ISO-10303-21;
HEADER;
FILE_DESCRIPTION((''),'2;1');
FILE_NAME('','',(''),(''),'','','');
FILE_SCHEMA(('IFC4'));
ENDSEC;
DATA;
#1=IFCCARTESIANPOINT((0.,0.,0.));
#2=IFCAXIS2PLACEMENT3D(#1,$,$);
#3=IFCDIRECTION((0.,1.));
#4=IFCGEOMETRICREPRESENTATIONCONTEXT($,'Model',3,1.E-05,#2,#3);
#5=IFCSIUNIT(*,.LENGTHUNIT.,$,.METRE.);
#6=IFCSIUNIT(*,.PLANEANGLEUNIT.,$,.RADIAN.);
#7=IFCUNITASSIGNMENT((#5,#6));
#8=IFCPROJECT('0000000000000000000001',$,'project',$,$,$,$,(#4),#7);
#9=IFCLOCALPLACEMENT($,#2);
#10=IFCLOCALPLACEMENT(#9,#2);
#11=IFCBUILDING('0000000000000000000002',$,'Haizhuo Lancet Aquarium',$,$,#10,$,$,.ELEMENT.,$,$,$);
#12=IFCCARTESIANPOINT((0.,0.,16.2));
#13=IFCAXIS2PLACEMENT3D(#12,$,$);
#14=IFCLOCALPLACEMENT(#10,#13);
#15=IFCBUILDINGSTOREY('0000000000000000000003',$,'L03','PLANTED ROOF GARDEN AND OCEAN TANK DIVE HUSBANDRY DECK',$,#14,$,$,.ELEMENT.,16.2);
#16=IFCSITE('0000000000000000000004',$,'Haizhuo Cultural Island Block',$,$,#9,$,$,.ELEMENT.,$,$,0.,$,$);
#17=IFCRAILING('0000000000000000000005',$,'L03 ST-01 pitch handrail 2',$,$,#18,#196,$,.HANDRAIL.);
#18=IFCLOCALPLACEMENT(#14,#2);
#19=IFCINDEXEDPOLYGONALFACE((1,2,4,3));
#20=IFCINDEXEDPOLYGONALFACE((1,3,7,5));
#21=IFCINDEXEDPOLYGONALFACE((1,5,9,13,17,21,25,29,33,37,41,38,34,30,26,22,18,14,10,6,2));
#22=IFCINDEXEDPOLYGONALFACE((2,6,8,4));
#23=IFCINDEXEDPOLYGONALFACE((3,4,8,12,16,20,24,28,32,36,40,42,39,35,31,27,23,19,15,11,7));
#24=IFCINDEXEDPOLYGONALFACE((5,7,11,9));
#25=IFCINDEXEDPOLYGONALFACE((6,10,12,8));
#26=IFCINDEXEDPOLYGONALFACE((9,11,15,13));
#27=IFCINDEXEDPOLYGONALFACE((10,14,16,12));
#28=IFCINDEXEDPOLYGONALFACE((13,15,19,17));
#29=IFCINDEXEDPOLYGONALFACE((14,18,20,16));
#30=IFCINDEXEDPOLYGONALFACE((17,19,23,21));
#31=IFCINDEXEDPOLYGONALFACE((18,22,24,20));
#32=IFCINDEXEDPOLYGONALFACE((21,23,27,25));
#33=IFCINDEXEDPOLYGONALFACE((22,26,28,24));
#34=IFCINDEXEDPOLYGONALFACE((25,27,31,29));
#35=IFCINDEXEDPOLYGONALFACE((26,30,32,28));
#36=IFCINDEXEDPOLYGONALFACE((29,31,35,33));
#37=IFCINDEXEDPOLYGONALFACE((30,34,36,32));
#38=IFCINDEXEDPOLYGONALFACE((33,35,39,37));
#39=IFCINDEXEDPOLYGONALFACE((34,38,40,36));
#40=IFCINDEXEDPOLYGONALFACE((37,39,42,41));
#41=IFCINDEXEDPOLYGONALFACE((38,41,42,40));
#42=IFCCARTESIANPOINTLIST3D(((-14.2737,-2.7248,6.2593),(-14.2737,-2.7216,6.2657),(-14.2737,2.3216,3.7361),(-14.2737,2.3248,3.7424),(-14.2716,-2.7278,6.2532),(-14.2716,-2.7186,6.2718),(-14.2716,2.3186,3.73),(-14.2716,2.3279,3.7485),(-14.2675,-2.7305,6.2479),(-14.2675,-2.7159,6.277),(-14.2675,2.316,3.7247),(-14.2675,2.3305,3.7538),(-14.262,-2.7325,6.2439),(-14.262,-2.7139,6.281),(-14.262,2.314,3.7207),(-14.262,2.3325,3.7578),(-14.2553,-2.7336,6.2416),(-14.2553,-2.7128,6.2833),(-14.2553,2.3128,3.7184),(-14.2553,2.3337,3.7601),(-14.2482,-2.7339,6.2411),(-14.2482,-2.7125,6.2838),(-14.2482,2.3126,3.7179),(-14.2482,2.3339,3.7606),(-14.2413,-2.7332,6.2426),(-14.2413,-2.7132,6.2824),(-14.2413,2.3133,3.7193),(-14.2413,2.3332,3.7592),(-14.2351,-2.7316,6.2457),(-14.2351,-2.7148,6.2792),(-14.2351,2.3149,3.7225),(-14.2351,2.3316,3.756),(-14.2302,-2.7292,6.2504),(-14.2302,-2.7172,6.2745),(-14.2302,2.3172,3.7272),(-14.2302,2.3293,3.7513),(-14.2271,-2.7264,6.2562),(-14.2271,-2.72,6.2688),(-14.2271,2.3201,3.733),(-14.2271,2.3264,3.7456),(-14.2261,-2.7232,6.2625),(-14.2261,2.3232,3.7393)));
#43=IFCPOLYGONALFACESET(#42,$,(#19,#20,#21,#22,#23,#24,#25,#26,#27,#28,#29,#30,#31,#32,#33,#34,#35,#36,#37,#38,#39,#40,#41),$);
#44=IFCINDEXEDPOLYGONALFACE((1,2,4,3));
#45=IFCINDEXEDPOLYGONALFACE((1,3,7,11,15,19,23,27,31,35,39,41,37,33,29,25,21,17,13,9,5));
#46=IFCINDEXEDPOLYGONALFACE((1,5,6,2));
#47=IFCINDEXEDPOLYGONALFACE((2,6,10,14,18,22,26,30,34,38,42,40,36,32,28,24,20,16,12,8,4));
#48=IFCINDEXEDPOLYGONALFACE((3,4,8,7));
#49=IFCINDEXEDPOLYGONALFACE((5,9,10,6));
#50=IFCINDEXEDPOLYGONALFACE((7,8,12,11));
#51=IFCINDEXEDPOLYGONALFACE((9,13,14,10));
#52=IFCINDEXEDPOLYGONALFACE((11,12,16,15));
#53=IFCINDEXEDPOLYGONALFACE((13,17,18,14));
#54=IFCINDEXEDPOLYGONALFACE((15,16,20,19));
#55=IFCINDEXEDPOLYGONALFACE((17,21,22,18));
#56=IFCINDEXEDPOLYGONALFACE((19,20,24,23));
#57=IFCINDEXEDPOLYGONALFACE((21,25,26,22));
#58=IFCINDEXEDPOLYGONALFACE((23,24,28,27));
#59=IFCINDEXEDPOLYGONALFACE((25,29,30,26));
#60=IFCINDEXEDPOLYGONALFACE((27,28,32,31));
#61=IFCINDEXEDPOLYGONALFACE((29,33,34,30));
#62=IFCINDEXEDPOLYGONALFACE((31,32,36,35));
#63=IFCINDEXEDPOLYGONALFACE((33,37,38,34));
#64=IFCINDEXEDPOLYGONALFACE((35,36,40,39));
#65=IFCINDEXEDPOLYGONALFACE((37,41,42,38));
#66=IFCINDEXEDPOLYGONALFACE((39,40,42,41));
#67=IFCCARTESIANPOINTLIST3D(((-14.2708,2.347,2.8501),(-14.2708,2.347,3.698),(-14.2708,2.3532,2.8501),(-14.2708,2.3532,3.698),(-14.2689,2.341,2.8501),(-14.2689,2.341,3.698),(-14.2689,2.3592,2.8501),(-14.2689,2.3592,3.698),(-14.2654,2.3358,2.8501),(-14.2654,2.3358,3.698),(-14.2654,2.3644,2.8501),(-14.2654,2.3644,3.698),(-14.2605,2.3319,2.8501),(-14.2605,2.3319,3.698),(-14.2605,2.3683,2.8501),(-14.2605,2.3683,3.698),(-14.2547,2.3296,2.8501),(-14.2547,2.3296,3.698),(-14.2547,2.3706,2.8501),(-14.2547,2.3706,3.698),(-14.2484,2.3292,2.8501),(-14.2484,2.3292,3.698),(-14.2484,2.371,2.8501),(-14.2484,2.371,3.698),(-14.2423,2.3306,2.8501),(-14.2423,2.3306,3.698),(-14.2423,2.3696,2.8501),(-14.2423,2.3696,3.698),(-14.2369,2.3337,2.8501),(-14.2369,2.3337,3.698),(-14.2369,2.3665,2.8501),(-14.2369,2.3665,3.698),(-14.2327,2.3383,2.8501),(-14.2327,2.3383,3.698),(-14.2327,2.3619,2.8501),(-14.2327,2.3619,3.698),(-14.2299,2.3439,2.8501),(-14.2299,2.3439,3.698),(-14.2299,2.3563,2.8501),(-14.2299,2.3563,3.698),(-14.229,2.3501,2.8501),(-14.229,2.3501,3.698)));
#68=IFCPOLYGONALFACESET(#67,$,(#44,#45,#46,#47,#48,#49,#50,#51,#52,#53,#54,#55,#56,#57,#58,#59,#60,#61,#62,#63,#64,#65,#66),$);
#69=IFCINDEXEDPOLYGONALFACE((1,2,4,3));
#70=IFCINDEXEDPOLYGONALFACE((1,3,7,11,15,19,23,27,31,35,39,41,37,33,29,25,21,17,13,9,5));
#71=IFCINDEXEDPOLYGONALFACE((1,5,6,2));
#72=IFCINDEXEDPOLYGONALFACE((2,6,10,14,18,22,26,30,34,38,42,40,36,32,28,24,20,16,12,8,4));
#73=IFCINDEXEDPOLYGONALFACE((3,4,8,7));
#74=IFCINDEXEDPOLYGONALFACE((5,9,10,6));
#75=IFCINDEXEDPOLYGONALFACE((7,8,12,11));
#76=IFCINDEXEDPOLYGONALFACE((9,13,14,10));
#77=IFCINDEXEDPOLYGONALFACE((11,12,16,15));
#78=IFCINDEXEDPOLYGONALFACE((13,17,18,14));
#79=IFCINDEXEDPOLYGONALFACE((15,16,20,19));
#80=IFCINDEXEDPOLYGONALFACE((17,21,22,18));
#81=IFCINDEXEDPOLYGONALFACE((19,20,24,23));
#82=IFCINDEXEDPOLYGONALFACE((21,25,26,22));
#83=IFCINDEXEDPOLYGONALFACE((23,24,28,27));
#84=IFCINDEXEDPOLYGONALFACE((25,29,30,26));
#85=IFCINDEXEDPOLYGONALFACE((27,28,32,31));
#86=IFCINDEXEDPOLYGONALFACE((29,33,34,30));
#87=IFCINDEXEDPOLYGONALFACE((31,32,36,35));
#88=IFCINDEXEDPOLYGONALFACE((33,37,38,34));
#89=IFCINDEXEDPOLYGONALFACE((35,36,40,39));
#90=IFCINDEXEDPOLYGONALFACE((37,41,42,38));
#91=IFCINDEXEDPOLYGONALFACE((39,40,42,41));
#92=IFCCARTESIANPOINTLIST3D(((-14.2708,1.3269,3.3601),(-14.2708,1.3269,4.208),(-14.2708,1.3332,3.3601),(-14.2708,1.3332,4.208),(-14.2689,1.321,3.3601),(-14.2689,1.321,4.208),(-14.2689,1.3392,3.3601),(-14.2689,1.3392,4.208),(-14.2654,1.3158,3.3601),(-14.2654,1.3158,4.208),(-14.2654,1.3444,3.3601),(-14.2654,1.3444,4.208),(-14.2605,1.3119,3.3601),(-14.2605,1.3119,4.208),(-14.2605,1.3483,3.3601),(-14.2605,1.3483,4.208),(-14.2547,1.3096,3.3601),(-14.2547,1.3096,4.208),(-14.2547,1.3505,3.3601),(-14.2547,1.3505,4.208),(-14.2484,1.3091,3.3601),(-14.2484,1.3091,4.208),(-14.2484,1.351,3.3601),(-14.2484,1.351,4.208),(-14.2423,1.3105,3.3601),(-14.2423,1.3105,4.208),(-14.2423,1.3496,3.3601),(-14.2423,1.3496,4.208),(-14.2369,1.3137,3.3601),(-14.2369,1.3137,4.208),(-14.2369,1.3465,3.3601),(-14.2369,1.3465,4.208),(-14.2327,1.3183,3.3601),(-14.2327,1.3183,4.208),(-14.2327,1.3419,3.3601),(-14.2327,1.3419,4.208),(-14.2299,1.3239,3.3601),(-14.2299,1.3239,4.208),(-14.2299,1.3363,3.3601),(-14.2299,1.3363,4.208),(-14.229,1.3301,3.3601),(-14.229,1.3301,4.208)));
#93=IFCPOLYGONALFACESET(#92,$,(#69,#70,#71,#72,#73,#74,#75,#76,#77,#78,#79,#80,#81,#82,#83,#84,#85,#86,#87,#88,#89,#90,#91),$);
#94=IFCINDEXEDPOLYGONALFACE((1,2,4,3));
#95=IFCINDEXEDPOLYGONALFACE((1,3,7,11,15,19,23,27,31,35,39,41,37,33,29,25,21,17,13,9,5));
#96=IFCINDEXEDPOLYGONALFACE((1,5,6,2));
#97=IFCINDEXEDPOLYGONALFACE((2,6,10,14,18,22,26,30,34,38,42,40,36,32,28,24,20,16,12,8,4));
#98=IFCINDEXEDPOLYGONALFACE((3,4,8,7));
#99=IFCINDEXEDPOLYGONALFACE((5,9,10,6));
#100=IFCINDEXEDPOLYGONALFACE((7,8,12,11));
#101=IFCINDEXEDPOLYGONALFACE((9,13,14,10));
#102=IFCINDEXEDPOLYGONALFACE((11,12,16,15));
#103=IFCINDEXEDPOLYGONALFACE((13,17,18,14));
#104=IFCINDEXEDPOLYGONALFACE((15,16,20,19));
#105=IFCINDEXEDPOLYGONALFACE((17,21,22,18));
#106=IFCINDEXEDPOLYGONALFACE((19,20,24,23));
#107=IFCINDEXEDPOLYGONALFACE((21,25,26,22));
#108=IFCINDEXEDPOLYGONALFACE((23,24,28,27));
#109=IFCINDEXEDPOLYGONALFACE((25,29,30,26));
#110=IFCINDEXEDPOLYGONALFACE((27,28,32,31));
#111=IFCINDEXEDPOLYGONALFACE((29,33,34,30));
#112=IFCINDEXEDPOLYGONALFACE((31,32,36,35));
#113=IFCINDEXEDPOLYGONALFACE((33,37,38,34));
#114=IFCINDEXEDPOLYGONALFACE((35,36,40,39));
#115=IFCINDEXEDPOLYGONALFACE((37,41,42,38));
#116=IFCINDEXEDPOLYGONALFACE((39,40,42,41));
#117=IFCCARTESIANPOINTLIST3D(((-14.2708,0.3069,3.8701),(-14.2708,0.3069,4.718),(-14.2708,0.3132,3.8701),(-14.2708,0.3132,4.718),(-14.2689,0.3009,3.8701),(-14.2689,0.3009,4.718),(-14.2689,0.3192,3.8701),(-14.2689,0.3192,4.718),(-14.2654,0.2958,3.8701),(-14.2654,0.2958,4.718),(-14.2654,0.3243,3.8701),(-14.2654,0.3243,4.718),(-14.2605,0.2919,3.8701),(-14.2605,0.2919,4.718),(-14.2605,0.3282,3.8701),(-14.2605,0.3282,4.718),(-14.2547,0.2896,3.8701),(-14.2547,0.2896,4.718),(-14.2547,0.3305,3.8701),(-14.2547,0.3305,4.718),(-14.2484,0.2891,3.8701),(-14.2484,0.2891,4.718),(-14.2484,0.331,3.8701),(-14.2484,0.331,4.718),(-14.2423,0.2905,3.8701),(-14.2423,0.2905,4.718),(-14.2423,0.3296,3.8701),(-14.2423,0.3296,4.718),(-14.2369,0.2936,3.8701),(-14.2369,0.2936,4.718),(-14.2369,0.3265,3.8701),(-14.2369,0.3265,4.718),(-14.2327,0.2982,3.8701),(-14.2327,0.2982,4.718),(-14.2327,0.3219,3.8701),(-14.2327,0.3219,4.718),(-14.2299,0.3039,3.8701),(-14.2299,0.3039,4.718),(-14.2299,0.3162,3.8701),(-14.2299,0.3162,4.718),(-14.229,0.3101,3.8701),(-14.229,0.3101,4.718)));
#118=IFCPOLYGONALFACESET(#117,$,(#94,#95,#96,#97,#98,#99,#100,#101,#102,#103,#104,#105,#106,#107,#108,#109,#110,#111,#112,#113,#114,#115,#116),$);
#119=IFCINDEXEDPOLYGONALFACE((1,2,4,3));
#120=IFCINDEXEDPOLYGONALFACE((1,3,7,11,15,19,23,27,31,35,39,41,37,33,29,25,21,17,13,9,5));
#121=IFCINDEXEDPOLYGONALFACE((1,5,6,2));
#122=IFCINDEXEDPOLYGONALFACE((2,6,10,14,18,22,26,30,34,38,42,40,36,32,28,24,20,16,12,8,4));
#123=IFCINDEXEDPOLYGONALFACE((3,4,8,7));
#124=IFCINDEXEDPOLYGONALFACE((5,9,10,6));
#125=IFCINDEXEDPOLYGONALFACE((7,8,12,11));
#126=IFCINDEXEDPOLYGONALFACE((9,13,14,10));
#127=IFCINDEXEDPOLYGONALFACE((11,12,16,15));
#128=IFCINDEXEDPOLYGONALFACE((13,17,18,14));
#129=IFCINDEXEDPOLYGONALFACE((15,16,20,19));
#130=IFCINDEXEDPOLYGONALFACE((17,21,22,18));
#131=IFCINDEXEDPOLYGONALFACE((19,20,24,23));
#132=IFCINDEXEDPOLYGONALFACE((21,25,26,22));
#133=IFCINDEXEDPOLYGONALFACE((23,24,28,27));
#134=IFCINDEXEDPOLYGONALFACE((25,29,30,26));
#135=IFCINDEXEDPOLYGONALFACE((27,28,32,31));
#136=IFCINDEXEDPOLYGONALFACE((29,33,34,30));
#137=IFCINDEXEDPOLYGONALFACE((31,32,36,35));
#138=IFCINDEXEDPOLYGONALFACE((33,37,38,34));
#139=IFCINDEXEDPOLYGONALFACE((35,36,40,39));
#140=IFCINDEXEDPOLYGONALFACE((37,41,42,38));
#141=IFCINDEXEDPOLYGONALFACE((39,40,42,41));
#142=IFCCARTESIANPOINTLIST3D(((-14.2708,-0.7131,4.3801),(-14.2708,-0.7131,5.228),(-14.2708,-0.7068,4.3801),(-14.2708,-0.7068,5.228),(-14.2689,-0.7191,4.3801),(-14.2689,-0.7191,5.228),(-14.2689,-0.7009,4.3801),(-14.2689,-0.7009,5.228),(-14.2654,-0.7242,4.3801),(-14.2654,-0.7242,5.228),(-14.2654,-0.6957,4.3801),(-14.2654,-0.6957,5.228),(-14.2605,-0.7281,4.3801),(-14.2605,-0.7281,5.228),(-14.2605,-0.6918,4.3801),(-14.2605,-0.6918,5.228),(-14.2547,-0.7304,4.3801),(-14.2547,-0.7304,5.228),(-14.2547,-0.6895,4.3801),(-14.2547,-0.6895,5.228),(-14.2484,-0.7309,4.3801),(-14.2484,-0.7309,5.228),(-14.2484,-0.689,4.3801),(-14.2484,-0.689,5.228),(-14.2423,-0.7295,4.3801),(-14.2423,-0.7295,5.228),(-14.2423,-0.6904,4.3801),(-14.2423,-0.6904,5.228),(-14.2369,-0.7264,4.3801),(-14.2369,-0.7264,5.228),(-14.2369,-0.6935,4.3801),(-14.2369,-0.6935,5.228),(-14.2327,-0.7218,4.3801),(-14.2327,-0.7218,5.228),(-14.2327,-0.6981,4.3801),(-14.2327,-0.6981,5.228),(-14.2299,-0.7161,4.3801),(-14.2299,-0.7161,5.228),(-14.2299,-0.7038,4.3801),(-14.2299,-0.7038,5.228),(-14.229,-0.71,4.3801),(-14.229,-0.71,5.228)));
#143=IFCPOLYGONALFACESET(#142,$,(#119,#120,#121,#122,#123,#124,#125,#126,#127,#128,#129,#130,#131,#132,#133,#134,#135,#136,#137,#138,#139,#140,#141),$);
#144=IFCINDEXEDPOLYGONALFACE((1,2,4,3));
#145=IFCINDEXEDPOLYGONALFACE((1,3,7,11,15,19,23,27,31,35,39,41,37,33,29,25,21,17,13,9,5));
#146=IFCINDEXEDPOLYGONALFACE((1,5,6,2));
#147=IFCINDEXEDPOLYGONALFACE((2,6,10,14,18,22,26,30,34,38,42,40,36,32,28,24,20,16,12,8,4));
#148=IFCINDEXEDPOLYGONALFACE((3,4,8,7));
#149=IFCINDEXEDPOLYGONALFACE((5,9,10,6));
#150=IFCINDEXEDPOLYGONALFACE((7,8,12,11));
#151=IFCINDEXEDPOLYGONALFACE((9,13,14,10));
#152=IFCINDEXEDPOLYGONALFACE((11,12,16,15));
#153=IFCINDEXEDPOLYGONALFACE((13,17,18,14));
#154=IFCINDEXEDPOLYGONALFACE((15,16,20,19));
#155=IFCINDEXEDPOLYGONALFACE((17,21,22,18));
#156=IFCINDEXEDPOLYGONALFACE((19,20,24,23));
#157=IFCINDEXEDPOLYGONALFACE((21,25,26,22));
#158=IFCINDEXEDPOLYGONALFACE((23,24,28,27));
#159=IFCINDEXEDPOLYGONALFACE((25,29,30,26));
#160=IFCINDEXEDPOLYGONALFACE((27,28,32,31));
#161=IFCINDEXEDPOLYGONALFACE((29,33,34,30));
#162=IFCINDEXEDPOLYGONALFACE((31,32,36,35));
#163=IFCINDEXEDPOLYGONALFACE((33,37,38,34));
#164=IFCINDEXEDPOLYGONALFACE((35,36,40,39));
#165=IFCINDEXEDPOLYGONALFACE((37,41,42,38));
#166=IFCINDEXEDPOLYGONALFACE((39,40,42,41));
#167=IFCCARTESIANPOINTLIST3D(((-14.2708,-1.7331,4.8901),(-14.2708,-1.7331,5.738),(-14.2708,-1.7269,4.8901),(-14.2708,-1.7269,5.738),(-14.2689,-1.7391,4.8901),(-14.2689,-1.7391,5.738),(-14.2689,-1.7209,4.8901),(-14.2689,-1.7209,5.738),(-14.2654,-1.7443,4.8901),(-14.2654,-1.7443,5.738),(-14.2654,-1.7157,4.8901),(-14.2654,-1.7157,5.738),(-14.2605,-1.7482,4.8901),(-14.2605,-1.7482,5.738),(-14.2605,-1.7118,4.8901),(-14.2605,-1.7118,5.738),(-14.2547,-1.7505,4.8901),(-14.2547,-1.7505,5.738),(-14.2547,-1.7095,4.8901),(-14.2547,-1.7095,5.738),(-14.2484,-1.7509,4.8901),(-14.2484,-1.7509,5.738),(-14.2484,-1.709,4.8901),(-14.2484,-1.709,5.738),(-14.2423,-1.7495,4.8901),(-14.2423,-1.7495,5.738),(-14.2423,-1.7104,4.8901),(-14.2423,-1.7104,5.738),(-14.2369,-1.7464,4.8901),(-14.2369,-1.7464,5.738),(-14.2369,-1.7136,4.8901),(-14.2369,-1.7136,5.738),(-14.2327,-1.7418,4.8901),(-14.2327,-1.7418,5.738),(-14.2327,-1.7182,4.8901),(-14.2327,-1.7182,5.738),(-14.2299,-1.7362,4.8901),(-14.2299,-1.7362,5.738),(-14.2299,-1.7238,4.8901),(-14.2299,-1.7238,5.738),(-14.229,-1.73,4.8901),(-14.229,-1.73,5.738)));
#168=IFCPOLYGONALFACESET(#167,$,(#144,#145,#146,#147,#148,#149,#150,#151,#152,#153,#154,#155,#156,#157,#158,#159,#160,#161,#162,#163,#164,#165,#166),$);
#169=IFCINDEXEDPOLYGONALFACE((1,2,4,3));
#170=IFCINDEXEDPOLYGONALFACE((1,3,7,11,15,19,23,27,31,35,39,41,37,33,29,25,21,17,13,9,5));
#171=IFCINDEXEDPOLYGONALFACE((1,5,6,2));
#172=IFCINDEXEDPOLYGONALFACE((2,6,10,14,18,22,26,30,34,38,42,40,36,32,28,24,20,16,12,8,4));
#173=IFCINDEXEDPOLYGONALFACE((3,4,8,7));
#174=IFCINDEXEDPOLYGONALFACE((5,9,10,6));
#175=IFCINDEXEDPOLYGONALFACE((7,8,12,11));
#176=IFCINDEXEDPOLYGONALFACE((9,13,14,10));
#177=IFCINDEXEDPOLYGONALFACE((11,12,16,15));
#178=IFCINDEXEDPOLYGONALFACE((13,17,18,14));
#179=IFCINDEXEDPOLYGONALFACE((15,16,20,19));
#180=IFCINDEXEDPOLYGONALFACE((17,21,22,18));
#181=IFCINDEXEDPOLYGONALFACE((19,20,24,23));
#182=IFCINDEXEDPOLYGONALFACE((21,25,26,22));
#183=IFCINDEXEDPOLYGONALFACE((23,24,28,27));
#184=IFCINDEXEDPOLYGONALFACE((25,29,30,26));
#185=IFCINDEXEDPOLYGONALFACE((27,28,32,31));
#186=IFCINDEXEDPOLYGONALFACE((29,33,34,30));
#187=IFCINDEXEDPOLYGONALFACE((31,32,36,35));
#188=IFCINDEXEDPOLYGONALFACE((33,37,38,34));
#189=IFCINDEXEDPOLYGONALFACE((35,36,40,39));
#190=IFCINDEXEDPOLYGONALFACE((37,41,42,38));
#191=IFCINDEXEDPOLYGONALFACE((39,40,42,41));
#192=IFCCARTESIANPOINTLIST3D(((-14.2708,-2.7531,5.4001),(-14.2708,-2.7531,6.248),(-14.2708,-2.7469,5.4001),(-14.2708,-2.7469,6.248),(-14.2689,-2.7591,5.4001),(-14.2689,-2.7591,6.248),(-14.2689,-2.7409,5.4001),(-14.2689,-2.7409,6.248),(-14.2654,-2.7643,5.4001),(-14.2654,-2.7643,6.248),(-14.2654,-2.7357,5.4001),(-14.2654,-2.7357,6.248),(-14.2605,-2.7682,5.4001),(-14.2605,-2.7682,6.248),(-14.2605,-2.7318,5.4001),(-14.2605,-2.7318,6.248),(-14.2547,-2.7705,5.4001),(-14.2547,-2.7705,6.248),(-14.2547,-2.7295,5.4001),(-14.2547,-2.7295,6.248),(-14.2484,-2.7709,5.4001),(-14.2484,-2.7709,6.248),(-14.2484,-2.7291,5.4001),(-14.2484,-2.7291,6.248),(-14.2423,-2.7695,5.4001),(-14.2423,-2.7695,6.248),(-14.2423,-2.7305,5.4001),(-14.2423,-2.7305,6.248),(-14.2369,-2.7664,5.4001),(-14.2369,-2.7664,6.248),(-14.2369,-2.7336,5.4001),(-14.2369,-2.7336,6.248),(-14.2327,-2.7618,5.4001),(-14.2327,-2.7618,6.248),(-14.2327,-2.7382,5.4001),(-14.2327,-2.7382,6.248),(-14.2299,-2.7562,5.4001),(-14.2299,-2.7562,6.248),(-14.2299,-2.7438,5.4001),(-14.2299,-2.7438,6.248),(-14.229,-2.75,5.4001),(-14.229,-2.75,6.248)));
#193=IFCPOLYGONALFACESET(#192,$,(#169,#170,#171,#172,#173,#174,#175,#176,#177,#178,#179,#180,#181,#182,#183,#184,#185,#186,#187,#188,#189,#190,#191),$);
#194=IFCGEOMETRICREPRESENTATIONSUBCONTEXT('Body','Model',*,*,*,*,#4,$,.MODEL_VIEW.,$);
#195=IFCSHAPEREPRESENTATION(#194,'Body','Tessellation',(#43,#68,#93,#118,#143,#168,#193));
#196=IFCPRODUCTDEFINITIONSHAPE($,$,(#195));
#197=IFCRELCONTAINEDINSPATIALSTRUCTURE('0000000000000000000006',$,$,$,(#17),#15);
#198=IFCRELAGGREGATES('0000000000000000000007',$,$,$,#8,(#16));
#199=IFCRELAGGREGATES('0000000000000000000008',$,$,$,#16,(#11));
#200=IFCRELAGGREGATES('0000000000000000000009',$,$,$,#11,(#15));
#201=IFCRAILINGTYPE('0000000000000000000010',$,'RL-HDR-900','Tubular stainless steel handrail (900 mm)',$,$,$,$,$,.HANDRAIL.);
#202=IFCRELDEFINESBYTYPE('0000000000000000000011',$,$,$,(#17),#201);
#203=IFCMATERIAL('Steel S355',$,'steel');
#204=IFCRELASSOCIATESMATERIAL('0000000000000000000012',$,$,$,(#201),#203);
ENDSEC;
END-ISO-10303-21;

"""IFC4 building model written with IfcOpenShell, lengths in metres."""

from ifc_helpers import new_model, si_unit, direction, frame, origin, origin_2d, place, context, subcontext, project, spatial, circle, extrude, material, type_object, element, save


model = new_model("IFC4")

# Units and contexts
model_context = context("Model", 3, precision=1e-05, world=origin(), true_north=direction((0.0, 1.0)))
body_context = subcontext(model_context, "Body", "Model", "MODEL_VIEW")
ifc_project = project(units=[si_unit("LENGTHUNIT", "METRE"), si_unit("PLANEANGLEUNIT", "RADIAN")], contexts=[model_context])

# Site, building, storey
site_placement = place(None, origin())
site = spatial("IfcSite", under=ifc_project, at=site_placement, Name="Haizhuo Cultural Island Block", CompositionType="ELEMENT", RefElevation=0.0)
building_placement = place(site_placement, origin())
building = spatial("IfcBuilding", under=site, at=building_placement, Name="Haizhuo Lancet Aquarium", CompositionType="ELEMENT")
storey_placement = place(building_placement, frame((0.0, 0.0, 16.2)))
storey = spatial("IfcBuildingStorey", under=building, at=storey_placement, Name="L03", Description="PLANTED ROOF GARDEN AND OCEAN TANK DIVE HUSBANDRY DECK", CompositionType="ELEMENT", Elevation=16.2)

# Shared definitions
ifc_material_1 = material(Name="Steel S355", Category="steel")

# Railing
railing_type_1 = type_object("IfcRailingType", Name="RL-HDR-900", Description="Tubular stainless steel handrail (900 mm)", PredefinedType="HANDRAIL", material=ifc_material_1)
railing_1_placement = place(storey_placement, frame((-14.25, 2.3501, 2.8501)))
element("IfcRailing", 1, at=railing_1_placement, inside=storey, type_object=railing_type_1, Name="L03 ST-01 pitch handrail 2", PredefinedType="HANDRAIL", context=body_context, shape_type="SweptSolid", body=[
    extrude(circle(Radius=0.0239, at=origin_2d()), frame((0.0, -0.0269, 0.8892), z_axis=(0.0, -0.894427, 0.447214), x_axis=(1.0, 0.0, 0.0)), (0.0, 0.0, 1.0), 5.6421),
    extrude(circle(Radius=0.021, at=origin_2d()), origin(), (0.0, 0.0, 1.0), 0.8479),
    extrude(circle(Radius=0.021, at=origin_2d()), frame((0.0, -1.02, 0.51)), (0.0, 0.0, 1.0), 0.8479),
    extrude(circle(Radius=0.021, at=origin_2d()), frame((0.0, -2.04, 1.02)), (0.0, 0.0, 1.0), 0.8479),
    extrude(circle(Radius=0.021, at=origin_2d()), frame((0.0, -3.0601, 1.53)), (0.0, 0.0, 1.0), 0.8479),
    extrude(circle(Radius=0.021, at=origin_2d()), frame((0.0, -4.0801, 2.04)), (0.0, 0.0, 1.0), 0.8479),
    extrude(circle(Radius=0.021, at=origin_2d()), frame((0.0, -5.1001, 2.55)), (0.0, 0.0, 1.0), 0.8479),
])

save(model, "model.ifc")
